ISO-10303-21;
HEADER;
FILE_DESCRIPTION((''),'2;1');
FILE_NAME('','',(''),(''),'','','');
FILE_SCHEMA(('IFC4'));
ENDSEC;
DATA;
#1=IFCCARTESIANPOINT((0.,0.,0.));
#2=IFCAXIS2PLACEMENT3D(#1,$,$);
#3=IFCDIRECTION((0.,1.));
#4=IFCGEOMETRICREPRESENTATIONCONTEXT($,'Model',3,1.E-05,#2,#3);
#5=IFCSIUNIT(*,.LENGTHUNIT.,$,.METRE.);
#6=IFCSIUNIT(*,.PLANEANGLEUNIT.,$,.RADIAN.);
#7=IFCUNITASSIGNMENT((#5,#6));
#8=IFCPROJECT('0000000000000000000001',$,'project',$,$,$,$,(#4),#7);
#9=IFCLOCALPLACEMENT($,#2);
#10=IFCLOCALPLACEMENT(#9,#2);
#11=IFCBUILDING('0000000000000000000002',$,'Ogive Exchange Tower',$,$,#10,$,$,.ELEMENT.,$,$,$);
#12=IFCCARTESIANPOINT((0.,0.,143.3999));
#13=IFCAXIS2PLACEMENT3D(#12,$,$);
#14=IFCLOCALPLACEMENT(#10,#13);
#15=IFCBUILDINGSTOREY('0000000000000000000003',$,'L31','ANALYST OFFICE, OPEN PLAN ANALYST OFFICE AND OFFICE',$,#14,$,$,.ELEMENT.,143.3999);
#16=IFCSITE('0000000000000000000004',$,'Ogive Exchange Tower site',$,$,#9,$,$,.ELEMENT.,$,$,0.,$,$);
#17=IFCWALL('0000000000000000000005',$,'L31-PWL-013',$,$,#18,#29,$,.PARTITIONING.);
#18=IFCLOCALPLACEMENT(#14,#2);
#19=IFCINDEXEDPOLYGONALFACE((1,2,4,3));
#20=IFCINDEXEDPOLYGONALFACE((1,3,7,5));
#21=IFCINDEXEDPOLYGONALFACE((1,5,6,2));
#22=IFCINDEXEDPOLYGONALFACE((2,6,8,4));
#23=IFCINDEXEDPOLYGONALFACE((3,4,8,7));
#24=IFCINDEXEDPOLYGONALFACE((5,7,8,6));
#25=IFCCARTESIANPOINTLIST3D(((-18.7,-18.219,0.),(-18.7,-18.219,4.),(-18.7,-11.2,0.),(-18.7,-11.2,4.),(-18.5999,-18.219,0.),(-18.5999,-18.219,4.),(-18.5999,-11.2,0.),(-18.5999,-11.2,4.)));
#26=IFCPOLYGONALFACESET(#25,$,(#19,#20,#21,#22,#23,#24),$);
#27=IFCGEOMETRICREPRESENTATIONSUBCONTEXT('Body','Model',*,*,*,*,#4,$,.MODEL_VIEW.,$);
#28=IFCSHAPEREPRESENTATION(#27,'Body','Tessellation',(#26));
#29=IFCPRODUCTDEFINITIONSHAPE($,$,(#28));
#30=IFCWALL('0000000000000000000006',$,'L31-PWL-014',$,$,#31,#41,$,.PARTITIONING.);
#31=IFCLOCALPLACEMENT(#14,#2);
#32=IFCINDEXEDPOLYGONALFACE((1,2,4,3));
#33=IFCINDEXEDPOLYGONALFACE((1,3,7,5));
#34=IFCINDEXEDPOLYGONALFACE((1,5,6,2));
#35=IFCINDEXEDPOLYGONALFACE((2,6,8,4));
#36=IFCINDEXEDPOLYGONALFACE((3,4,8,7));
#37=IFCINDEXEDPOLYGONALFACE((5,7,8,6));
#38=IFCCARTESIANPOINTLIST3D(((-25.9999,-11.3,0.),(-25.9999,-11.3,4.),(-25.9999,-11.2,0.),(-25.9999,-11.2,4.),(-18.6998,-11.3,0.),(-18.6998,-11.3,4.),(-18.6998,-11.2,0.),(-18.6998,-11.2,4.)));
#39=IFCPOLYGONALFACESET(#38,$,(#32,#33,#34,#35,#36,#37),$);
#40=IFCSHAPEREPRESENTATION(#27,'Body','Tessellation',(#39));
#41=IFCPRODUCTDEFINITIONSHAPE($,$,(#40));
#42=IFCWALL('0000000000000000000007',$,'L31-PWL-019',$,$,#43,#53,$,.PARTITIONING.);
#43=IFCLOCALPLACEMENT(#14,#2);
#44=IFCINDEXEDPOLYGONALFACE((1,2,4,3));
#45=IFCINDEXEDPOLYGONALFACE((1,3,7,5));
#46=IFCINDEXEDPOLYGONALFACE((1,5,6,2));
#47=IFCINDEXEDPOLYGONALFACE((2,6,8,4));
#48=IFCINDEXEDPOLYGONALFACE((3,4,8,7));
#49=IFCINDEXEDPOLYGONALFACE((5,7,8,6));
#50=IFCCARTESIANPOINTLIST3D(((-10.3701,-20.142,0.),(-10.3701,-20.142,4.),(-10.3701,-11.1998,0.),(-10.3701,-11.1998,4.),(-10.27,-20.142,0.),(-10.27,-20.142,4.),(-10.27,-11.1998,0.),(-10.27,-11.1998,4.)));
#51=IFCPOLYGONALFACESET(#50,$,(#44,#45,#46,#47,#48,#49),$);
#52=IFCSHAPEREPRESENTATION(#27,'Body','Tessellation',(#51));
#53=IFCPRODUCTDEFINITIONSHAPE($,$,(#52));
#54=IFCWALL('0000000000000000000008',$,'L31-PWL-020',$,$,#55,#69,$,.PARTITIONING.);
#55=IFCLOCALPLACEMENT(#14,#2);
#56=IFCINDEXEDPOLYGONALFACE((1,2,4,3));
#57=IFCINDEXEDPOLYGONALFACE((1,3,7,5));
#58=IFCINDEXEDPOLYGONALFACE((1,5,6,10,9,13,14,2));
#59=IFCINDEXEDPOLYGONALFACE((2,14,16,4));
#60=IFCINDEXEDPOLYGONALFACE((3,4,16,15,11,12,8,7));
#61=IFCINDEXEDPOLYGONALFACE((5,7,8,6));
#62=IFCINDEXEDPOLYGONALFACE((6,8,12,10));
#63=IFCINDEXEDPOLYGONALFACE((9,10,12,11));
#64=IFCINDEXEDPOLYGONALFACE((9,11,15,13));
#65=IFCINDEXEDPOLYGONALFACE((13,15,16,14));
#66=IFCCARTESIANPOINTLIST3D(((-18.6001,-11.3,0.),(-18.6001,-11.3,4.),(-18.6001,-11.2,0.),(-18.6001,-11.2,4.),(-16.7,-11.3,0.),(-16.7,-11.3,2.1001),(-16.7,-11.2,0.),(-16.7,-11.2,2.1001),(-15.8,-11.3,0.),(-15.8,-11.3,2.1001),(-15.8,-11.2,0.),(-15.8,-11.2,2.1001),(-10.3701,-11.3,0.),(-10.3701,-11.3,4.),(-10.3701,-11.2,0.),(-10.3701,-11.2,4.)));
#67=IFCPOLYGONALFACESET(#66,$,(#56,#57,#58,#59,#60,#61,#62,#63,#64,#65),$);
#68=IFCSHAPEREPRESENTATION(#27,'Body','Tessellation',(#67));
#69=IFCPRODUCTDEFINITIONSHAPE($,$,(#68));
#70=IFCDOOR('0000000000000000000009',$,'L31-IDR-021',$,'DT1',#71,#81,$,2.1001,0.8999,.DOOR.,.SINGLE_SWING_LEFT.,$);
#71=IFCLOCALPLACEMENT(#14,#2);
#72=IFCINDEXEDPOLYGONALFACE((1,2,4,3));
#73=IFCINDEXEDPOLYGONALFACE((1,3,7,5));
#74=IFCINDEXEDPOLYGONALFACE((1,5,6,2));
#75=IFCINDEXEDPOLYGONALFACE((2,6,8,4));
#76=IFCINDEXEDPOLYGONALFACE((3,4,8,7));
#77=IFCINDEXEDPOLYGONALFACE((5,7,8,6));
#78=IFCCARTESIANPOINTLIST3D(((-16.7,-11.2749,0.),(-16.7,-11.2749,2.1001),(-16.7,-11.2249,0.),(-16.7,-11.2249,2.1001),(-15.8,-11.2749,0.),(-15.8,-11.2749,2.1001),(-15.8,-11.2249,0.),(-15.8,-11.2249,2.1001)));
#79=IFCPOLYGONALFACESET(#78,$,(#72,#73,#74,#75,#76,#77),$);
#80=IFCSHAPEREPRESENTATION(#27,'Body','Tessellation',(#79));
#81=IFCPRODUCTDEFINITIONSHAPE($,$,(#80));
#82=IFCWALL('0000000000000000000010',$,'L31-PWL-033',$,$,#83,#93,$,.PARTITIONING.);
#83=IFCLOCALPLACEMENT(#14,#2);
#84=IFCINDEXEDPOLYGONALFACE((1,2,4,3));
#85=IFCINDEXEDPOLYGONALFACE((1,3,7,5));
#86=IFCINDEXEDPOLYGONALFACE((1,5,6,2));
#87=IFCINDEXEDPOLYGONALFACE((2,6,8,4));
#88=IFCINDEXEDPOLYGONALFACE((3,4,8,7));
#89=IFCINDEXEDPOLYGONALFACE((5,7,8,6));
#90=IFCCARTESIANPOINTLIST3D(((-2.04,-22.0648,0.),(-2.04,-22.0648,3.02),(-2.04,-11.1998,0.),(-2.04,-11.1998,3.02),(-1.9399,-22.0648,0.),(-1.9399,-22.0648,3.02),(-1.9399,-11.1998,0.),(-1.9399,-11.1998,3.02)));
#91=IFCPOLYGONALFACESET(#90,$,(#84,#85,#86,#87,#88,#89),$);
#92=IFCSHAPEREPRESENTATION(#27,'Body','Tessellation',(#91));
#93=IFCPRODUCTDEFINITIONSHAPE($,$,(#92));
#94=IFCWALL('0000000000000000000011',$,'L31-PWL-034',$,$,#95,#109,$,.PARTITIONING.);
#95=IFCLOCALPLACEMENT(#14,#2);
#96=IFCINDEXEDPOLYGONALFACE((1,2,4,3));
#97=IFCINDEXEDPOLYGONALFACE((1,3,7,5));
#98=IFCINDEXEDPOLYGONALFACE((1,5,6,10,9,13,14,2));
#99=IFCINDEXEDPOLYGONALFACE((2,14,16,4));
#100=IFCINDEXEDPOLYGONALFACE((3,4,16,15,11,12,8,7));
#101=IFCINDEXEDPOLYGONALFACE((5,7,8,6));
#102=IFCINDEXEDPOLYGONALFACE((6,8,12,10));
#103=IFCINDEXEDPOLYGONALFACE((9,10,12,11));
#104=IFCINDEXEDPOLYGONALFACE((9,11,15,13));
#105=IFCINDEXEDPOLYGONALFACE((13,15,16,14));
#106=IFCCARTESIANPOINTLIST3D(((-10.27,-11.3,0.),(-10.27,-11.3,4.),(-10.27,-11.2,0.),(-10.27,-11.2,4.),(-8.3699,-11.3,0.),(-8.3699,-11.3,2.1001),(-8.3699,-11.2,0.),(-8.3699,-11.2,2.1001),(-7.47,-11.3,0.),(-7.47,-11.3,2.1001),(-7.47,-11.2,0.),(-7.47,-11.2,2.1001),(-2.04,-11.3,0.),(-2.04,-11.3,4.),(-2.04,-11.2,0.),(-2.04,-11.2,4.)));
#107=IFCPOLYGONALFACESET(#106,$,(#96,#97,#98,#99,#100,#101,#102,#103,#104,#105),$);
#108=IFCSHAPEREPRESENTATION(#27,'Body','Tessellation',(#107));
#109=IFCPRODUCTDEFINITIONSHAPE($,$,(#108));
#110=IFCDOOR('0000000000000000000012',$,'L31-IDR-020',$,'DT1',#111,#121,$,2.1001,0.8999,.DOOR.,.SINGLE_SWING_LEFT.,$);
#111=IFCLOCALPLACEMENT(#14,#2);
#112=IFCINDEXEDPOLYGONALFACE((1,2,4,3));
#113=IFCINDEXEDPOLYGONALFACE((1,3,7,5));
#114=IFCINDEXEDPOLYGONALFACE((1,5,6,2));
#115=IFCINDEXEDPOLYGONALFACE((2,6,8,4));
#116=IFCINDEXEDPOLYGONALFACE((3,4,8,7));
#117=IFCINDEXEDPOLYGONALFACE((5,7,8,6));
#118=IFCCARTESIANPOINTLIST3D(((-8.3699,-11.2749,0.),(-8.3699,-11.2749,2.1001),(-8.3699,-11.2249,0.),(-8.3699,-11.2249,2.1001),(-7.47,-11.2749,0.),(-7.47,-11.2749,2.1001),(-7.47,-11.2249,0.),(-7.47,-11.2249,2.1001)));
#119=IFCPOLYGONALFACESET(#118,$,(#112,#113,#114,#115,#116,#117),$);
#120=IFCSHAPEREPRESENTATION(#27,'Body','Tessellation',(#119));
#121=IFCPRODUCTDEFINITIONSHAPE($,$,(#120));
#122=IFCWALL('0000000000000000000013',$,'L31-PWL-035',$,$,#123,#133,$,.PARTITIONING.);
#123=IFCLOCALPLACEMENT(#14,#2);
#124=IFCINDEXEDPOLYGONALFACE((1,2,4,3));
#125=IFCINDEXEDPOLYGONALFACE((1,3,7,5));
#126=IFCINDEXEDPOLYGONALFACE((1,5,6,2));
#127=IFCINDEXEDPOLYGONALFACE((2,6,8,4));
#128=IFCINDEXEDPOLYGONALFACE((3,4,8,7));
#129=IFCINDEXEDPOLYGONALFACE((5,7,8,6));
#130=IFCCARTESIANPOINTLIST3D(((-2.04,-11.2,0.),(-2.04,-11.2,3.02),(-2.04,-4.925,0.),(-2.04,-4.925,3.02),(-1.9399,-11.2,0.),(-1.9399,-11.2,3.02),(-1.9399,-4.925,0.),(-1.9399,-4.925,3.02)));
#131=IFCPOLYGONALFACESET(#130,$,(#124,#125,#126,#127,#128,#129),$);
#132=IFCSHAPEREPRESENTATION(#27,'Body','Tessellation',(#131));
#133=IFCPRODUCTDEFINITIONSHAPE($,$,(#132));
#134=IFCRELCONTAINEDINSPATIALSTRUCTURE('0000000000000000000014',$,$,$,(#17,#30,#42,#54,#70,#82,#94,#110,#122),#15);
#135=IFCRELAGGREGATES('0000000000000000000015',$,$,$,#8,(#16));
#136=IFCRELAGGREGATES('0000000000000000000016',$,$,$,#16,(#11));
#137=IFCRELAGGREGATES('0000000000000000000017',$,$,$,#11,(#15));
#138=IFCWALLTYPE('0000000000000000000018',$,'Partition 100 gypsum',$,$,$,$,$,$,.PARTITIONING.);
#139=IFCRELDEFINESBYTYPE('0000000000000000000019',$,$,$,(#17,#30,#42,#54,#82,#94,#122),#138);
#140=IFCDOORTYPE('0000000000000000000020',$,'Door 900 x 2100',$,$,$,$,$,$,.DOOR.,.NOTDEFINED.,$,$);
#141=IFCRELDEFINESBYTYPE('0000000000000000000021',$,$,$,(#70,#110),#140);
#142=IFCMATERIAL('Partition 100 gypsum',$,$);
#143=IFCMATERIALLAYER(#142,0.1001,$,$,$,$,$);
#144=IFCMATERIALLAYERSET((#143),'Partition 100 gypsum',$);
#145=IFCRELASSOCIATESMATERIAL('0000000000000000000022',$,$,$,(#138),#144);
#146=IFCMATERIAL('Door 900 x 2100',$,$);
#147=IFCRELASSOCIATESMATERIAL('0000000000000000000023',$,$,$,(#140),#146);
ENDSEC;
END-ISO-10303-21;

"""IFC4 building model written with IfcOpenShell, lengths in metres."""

from ifc_helpers import new_model, si_unit, direction, frame, frame_2d, origin, place, context, subcontext, project, spatial, rectangle, extrude, material, layer, layer_set, type_object, element, fill, save


model = new_model("IFC4")

# Units and contexts
model_context = context("Model", 3, precision=1e-05, world=origin(), true_north=direction((0.0, 1.0)))
body_context = subcontext(model_context, "Body", "Model", "MODEL_VIEW")
ifc_project = project(units=[si_unit("LENGTHUNIT", "METRE"), si_unit("PLANEANGLEUNIT", "RADIAN")], contexts=[model_context])

# Site, building, storey
site_placement = place(None, origin())
site = spatial("IfcSite", under=ifc_project, at=site_placement, Name="Ogive Exchange Tower site", CompositionType="ELEMENT", RefElevation=0.0)
building_placement = place(site_placement, origin())
building = spatial("IfcBuilding", under=site, at=building_placement, Name="Ogive Exchange Tower", CompositionType="ELEMENT")
storey_placement = place(building_placement, frame((0.0, 0.0, 143.3999)))
storey = spatial("IfcBuildingStorey", under=building, at=storey_placement, Name="L31", Description="ANALYST OFFICE, OPEN PLAN ANALYST OFFICE AND OFFICE", CompositionType="ELEMENT", Elevation=143.3999)

# Walls
ifc_material_1 = material(Name="Partition 100 gypsum")
ifc_layer_1 = layer(ifc_material_1, 0.1001)
ifc_layer_set_1 = layer_set([ifc_layer_1], Name="Partition 100 gypsum")
wall_type_1 = type_object("IfcWallType", Name="Partition 100 gypsum", PredefinedType="PARTITIONING", material=ifc_layer_set_1)
wall_1_placement = place(storey_placement, frame((-18.6499, -18.219, 0.0), z_axis=(0.0, 0.0, 1.0), x_axis=(0.0, 1.0, 0.0)))
element("IfcWall", 1, at=wall_1_placement, inside=storey, type_object=wall_type_1, Name="L31-PWL-013", PredefinedType="PARTITIONING", context=body_context, shape_type="SweptSolid", body=[
    extrude(rectangle(XDim=7.019, YDim=0.1001, at=frame_2d((3.5095, 0.0))), origin(), (0.0, 0.0, 1.0), 4.0),
])
wall_2_placement = place(storey_placement, frame((-18.7, -11.25, 0.0), z_axis=(0.0, 0.0, 1.0), x_axis=(-1.0, 0.0, 0.0)))
element("IfcWall", 2, at=wall_2_placement, inside=storey, type_object=wall_type_1, Name="L31-PWL-014", PredefinedType="PARTITIONING", context=body_context, shape_type="SweptSolid", body=[
    extrude(rectangle(XDim=7.3, YDim=0.1001, at=frame_2d((3.6499, 0.0))), origin(), (0.0, 0.0, 1.0), 4.0),
])
wall_3_placement = place(storey_placement, frame((-10.3201, -20.1421, 0.0), z_axis=(0.0, 0.0, 1.0), x_axis=(0.0, 1.0, 0.0)))
element("IfcWall", 3, at=wall_3_placement, inside=storey, type_object=wall_type_1, Name="L31-PWL-019", PredefinedType="PARTITIONING", context=body_context, shape_type="SweptSolid", body=[
    extrude(rectangle(XDim=8.9421, YDim=0.1001, at=frame_2d((4.4712, 0.0))), origin(), (0.0, 0.0, 1.0), 4.0),
])

# Wall, opening, door
wall_4_placement = place(storey_placement, frame((-10.3701, -11.25, 0.0), z_axis=(0.0, 0.0, 1.0), x_axis=(-1.0, 0.0, 0.0)))
wall_4 = element("IfcWall", 4, at=wall_4_placement, inside=storey, type_object=wall_type_1, Name="L31-PWL-020", PredefinedType="PARTITIONING", context=body_context, shape_type="SweptSolid", body=[
    extrude(rectangle(XDim=8.23, YDim=0.1001, at=frame_2d((4.115, 0.0))), origin(), (0.0, 0.0, 1.0), 4.0),
])
opening_1_placement = place(wall_4_placement, frame((5.4299, 0.0, 0.0)))
opening_1 = element("IfcOpeningElement", 5, at=opening_1_placement, cuts=wall_4, PredefinedType="OPENING", context=body_context, shape_type="SweptSolid", body=[
    extrude(rectangle(XDim=0.8999, YDim=2.1001, at=frame_2d((0.45, 1.05))), frame((0.0, 0.0601, 0.0), z_axis=(0.0, -1.0, 0.0), x_axis=(1.0, 0.0, 0.0)), (0.0, 0.0, 1.0), 0.1201),
])
ifc_material_2 = material(Name="Door 900 x 2100")
door_type_1 = type_object("IfcDoorType", Name="Door 900 x 2100", OperationType="NOTDEFINED", PredefinedType="DOOR", material=ifc_material_2)
door_1_placement = place(opening_1_placement, origin())
door_1 = element("IfcDoor", 6, at=door_1_placement, inside=storey, type_object=door_type_1, Name="L31-IDR-021", ObjectType="DT1", OperationType="SINGLE_SWING_LEFT", OverallHeight=2.1001, OverallWidth=0.8999, PredefinedType="DOOR", context=body_context, shape_type="SweptSolid", body=[
    extrude(rectangle(XDim=0.8999, YDim=2.1001, at=frame_2d((0.45, 1.05))), frame((0.0, 0.0249, 0.0), z_axis=(0.0, -1.0, 0.0), x_axis=(1.0, 0.0, 0.0)), (0.0, 0.0, 1.0), 0.05),
])
fill(opening_1, door_1)

# Wall
wall_5_placement = place(storey_placement, frame((-1.99, -22.0649, 0.0), z_axis=(0.0, 0.0, 1.0), x_axis=(0.0, 1.0, 0.0)))
element("IfcWall", 7, at=wall_5_placement, inside=storey, type_object=wall_type_1, Name="L31-PWL-033", PredefinedType="PARTITIONING", context=body_context, shape_type="SweptSolid", body=[
    extrude(rectangle(XDim=10.865, YDim=0.1001, at=frame_2d((5.4326, 0.0))), origin(), (0.0, 0.0, 1.0), 3.02),
])

# Wall, opening, door
wall_6_placement = place(storey_placement, frame((-2.04, -11.25, 0.0), z_axis=(0.0, 0.0, 1.0), x_axis=(-1.0, 0.0, 0.0)))
wall_6 = element("IfcWall", 8, at=wall_6_placement, inside=storey, type_object=wall_type_1, Name="L31-PWL-034", PredefinedType="PARTITIONING", context=body_context, shape_type="SweptSolid", body=[
    extrude(rectangle(XDim=8.23, YDim=0.1001, at=frame_2d((4.115, 0.0))), origin(), (0.0, 0.0, 1.0), 4.0),
])
opening_2_placement = place(wall_6_placement, frame((5.4299, 0.0, 0.0)))
opening_2 = element("IfcOpeningElement", 9, at=opening_2_placement, cuts=wall_6, PredefinedType="OPENING", context=body_context, shape_type="SweptSolid", body=[
    extrude(rectangle(XDim=0.8999, YDim=2.1001, at=frame_2d((0.45, 1.05))), frame((0.0, 0.0601, 0.0), z_axis=(0.0, -1.0, 0.0), x_axis=(1.0, 0.0, 0.0)), (0.0, 0.0, 1.0), 0.1201),
])
door_2_placement = place(opening_2_placement, origin())
door_2 = element("IfcDoor", 10, at=door_2_placement, inside=storey, type_object=door_type_1, Name="L31-IDR-020", ObjectType="DT1", OperationType="SINGLE_SWING_LEFT", OverallHeight=2.1001, OverallWidth=0.8999, PredefinedType="DOOR", context=body_context, shape_type="SweptSolid", body=[
    extrude(rectangle(XDim=0.8999, YDim=2.1001, at=frame_2d((0.45, 1.05))), frame((0.0, 0.0249, 0.0), z_axis=(0.0, -1.0, 0.0), x_axis=(1.0, 0.0, 0.0)), (0.0, 0.0, 1.0), 0.05),
])
fill(opening_2, door_2)

# Wall
wall_7_placement = place(storey_placement, frame((-1.99, -11.2, 0.0), z_axis=(0.0, 0.0, 1.0), x_axis=(0.0, 1.0, 0.0)))
element("IfcWall", 11, at=wall_7_placement, inside=storey, type_object=wall_type_1, Name="L31-PWL-035", PredefinedType="PARTITIONING", context=body_context, shape_type="SweptSolid", body=[
    extrude(rectangle(XDim=6.2749, YDim=0.1001, at=frame_2d((3.1375, 0.0))), origin(), (0.0, 0.0, 1.0), 3.02),
])

save(model, "model.ifc")
